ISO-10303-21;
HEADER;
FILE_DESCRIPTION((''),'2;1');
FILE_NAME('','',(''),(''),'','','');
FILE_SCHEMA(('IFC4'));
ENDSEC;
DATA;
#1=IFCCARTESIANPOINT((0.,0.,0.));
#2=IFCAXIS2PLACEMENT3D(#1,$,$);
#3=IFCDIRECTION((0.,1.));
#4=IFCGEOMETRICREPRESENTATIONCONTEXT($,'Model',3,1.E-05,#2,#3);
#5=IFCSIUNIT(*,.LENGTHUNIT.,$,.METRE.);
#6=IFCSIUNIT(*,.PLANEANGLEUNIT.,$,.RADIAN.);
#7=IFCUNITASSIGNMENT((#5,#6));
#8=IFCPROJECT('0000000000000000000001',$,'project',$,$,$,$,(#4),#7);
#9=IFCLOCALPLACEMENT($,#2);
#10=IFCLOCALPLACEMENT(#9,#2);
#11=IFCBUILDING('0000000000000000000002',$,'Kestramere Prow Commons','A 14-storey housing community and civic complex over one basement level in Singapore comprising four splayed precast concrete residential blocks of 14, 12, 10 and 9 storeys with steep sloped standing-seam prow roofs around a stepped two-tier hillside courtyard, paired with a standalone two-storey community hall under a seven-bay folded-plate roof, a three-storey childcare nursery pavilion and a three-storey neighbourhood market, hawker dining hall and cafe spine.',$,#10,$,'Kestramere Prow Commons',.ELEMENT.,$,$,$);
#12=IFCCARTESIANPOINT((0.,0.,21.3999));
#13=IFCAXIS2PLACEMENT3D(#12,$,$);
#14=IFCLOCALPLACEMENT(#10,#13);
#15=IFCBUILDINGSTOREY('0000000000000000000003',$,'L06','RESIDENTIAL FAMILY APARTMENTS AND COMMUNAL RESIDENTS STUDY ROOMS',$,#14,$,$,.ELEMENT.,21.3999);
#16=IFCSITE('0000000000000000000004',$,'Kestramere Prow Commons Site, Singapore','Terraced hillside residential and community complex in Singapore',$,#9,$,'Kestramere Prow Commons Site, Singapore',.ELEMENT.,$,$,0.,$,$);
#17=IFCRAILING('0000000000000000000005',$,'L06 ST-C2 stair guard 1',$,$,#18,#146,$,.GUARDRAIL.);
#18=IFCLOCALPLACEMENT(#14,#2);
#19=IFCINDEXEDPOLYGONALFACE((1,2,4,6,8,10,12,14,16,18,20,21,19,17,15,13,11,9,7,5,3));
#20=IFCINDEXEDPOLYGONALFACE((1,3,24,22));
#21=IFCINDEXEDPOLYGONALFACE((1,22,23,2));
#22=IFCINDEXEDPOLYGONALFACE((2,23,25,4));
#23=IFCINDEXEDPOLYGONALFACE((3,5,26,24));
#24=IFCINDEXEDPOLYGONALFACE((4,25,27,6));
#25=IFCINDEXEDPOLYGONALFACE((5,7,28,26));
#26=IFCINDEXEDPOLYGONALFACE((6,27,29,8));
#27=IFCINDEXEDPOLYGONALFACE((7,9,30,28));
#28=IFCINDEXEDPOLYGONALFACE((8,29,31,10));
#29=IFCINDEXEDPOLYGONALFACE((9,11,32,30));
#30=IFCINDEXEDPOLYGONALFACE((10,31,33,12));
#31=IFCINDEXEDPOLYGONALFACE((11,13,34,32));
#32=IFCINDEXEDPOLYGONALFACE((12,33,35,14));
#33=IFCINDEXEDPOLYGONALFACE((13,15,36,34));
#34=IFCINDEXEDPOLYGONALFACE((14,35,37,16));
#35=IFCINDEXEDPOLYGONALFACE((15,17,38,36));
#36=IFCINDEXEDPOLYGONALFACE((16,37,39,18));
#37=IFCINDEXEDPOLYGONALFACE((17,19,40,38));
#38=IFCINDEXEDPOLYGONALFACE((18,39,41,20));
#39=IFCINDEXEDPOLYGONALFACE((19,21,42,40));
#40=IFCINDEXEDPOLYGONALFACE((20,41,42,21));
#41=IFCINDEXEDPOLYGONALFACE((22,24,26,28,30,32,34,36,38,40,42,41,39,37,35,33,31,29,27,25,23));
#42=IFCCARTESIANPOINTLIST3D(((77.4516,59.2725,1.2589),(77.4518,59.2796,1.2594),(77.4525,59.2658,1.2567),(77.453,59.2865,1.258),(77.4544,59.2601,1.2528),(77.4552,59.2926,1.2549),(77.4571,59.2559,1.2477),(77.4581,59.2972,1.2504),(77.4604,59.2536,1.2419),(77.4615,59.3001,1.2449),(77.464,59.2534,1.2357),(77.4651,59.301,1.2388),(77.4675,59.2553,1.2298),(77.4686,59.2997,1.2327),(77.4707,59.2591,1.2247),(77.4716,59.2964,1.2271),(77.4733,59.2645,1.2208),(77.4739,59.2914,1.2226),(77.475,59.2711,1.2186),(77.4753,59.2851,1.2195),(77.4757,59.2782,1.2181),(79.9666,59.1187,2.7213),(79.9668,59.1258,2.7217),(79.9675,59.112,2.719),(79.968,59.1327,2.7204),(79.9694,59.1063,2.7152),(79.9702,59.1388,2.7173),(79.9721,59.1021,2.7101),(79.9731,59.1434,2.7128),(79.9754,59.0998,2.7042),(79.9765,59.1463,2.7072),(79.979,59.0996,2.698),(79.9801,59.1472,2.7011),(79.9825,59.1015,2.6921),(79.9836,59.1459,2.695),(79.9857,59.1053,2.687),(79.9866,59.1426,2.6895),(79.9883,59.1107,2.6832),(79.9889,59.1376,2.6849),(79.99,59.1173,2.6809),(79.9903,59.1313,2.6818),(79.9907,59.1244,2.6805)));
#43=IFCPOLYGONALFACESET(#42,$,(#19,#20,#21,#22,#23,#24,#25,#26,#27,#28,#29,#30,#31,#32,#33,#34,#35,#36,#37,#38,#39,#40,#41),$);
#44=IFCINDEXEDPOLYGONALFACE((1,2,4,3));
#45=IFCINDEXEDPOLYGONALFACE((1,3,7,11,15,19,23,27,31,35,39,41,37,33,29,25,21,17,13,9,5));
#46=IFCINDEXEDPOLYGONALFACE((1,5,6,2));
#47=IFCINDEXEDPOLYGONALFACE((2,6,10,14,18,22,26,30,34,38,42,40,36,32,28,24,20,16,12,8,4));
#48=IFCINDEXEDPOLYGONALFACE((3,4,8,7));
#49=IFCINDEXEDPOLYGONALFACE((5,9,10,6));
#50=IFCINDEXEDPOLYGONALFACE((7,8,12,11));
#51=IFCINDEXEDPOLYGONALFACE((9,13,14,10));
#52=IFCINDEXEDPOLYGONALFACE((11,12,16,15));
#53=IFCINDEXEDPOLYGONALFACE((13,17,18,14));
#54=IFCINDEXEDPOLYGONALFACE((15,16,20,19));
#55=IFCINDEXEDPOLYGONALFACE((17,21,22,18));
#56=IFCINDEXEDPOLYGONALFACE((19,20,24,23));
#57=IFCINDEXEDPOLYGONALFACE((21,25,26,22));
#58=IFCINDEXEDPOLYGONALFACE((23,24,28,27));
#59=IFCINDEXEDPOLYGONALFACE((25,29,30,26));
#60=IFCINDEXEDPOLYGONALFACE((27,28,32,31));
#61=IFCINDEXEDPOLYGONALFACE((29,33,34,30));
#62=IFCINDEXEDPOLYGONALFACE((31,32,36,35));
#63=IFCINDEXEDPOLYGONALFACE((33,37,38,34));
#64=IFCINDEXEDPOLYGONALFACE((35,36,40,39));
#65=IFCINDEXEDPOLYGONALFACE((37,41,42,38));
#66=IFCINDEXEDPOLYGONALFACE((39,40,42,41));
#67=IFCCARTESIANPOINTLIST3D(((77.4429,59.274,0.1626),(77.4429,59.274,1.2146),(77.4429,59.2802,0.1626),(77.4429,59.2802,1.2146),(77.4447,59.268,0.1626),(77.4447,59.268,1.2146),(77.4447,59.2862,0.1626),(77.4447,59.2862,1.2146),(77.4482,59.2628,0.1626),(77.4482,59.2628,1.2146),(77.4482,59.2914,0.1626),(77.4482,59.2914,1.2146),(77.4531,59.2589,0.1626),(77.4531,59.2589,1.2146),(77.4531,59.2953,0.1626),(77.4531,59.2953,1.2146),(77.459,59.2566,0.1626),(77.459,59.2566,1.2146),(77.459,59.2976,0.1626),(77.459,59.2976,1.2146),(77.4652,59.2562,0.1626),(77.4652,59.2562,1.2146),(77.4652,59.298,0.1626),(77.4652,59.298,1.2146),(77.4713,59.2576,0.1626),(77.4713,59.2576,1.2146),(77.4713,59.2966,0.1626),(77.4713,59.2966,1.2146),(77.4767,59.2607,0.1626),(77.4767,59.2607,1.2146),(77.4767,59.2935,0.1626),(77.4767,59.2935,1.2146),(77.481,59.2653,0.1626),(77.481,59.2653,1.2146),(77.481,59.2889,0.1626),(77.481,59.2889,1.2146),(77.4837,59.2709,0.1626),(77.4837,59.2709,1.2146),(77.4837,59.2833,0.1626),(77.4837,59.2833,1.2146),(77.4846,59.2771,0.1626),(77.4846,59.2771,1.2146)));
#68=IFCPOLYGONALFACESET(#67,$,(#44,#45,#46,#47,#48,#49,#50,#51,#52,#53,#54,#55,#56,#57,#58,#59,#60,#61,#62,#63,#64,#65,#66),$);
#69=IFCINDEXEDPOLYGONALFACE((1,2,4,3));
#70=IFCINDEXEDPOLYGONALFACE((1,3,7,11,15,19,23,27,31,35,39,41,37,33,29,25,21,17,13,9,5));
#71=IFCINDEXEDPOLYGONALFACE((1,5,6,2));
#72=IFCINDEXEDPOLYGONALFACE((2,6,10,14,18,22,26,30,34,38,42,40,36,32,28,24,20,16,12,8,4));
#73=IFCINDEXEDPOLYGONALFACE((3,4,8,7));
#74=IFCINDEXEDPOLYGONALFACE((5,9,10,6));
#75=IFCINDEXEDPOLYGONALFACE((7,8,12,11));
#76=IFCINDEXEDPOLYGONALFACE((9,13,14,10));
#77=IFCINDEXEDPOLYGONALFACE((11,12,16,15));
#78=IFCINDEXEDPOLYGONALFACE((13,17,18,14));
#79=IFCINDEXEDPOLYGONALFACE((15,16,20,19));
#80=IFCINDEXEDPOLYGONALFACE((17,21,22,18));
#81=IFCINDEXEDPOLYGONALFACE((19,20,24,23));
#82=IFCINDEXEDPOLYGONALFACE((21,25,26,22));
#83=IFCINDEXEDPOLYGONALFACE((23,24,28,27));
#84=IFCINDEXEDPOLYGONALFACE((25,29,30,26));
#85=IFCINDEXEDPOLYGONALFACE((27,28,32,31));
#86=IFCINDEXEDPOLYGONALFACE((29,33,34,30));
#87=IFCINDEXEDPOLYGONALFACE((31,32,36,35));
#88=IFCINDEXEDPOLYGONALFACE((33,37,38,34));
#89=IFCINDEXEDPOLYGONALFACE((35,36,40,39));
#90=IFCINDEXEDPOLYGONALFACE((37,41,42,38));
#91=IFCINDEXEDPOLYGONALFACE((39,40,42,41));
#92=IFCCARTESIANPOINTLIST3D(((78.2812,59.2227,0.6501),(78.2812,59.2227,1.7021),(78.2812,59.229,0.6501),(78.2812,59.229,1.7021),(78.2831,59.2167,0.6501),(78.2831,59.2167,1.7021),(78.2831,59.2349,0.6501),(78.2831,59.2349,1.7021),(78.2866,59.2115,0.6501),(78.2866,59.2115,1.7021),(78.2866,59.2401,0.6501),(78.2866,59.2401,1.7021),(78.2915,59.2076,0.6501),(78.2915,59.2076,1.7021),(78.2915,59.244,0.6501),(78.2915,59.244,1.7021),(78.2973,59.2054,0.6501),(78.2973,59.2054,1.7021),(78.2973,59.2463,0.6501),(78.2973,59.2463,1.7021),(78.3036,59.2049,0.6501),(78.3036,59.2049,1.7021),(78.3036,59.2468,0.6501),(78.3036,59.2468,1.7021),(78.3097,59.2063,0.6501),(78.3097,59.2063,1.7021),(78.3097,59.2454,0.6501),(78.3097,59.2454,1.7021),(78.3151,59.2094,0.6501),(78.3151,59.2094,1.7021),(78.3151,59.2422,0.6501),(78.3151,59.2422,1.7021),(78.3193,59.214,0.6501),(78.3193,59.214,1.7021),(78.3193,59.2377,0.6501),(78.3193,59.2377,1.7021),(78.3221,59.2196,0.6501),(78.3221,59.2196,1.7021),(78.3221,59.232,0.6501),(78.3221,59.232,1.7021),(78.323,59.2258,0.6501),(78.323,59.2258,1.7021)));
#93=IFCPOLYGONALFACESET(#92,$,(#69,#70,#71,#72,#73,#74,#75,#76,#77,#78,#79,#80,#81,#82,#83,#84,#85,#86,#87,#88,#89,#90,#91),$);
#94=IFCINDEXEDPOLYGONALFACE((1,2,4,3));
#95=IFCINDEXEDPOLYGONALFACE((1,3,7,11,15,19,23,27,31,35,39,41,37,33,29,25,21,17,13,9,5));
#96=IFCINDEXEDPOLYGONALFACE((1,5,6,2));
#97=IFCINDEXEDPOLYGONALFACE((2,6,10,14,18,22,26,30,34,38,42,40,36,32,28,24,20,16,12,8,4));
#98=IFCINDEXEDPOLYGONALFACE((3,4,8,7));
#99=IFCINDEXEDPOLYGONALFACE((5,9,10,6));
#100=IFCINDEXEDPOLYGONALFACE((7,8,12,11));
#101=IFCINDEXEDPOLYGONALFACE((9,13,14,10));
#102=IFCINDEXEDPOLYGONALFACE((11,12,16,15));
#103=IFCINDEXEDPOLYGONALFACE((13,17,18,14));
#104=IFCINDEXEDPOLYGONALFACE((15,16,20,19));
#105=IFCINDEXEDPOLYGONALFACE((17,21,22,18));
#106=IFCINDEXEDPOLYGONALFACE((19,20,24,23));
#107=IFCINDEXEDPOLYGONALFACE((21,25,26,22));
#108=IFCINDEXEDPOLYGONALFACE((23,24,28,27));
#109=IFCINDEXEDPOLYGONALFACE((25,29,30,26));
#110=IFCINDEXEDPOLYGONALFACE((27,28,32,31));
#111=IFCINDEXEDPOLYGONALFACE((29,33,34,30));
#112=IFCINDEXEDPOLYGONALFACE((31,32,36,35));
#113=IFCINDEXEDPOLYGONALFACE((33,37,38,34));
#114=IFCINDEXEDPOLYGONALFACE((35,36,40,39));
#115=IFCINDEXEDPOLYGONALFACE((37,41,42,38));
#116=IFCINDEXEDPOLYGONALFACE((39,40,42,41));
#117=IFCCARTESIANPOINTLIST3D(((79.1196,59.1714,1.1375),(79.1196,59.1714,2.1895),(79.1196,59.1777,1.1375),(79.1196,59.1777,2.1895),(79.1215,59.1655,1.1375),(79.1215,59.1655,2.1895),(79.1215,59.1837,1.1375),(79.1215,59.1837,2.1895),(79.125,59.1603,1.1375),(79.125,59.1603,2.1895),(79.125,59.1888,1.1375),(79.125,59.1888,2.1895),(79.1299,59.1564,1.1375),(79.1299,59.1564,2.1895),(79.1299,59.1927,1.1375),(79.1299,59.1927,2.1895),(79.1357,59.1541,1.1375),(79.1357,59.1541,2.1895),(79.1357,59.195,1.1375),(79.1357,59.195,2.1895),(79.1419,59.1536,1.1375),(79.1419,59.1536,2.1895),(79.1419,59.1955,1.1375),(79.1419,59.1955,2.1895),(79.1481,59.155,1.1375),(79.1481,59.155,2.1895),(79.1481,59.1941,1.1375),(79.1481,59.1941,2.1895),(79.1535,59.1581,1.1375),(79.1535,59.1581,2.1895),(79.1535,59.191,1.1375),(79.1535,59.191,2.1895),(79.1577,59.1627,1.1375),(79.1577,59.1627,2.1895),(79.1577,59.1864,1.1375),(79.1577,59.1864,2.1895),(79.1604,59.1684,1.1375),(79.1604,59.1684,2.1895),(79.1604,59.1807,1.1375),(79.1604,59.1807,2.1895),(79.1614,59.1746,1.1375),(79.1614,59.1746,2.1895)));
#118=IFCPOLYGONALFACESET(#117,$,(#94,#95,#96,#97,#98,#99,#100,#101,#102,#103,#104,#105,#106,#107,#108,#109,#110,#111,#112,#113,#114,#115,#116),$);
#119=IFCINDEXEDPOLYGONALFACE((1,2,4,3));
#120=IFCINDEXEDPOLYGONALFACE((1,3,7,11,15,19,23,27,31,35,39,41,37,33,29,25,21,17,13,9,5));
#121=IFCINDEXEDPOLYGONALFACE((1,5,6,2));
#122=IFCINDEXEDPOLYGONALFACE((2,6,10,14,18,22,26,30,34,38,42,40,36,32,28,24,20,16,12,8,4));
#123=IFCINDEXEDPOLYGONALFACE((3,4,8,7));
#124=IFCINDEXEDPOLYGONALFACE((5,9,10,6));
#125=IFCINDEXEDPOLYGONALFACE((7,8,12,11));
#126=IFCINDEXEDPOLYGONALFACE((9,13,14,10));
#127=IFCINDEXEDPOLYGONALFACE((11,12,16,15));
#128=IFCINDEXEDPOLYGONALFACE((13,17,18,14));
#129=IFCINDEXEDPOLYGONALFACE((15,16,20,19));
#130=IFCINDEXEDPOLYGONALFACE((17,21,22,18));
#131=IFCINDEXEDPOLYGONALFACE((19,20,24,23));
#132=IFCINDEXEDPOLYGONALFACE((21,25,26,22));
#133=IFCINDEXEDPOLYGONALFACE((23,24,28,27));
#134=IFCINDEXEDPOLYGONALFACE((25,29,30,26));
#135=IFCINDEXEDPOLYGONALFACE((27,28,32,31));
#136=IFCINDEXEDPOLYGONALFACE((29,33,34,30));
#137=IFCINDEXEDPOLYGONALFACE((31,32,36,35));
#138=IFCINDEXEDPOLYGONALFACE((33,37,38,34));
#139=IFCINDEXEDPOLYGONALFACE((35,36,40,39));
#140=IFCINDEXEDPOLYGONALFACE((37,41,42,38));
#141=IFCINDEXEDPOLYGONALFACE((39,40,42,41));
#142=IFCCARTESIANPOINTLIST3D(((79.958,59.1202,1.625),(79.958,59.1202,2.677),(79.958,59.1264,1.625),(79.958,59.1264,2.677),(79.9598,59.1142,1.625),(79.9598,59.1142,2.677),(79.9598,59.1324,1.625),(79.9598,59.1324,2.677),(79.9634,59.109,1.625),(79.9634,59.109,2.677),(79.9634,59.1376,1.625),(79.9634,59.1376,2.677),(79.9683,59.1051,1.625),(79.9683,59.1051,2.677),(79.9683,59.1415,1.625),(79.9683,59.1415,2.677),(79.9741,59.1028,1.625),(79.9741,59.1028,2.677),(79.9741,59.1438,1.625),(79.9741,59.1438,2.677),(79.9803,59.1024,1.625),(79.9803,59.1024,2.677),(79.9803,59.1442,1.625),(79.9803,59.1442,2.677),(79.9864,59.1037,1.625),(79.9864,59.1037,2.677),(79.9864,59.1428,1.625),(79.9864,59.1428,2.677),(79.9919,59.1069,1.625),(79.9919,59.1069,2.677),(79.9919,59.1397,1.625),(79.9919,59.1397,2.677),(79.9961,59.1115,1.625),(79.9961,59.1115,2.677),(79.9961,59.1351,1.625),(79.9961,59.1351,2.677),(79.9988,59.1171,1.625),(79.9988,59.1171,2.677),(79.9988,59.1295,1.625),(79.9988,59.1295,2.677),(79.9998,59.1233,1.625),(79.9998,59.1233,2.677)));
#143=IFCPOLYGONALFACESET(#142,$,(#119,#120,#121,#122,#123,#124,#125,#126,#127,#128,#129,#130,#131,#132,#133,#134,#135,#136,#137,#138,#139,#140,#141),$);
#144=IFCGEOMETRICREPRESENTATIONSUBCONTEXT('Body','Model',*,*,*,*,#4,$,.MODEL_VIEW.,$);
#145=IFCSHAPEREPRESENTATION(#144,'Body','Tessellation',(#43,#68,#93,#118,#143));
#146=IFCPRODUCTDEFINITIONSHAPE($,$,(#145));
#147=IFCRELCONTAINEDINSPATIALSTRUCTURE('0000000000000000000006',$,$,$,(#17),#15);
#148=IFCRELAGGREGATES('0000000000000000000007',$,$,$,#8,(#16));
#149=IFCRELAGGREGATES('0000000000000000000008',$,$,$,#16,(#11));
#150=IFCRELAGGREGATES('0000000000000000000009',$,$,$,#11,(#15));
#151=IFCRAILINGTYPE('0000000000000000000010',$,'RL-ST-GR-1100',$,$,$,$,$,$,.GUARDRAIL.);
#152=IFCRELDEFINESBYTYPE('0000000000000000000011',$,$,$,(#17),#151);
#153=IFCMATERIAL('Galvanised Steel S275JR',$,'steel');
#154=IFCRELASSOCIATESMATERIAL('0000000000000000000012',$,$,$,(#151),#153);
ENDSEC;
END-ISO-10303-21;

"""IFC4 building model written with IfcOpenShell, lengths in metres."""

from ifc_helpers import new_model, si_unit, direction, frame, origin, origin_2d, place, context, subcontext, project, spatial, circle, extrude, material, type_object, element, save


model = new_model("IFC4")

# Units and contexts
model_context = context("Model", 3, precision=1e-05, world=origin(), true_north=direction((0.0, 1.0)))
body_context = subcontext(model_context, "Body", "Model", "MODEL_VIEW")
ifc_project = project(units=[si_unit("LENGTHUNIT", "METRE"), si_unit("PLANEANGLEUNIT", "RADIAN")], contexts=[model_context])

# Site, building, storey
site_placement = place(None, origin())
site = spatial("IfcSite", under=ifc_project, at=site_placement, Name="Kestramere Prow Commons Site, Singapore", Description="Terraced hillside residential and community complex in Singapore", LongName="Kestramere Prow Commons Site, Singapore", CompositionType="ELEMENT", RefElevation=0.0)
building_placement = place(site_placement, origin())
building = spatial("IfcBuilding", under=site, at=building_placement, Name="Kestramere Prow Commons", Description="A 14-storey housing community and civic complex over one basement level in Singapore comprising four splayed precast concrete residential blocks of 14, 12, 10 and 9 storeys with steep sloped standing-seam prow roofs around a stepped two-tier hillside courtyard, paired with a standalone two-storey community hall under a seven-bay folded-plate roof, a three-storey childcare nursery pavilion and a three-storey neighbourhood market, hawker dining hall and cafe spine.", LongName="Kestramere Prow Commons", CompositionType="ELEMENT")
storey_placement = place(building_placement, frame((0.0, 0.0, 21.3999)))
storey = spatial("IfcBuildingStorey", under=building, at=storey_placement, Name="L06", Description="RESIDENTIAL FAMILY APARTMENTS AND COMMUNAL RESIDENTS STUDY ROOMS", CompositionType="ELEMENT", Elevation=21.3999)

# Railing
ifc_material_1 = material(Name="Galvanised Steel S275JR", Category="steel")
railing_type_1 = type_object("IfcRailingType", Name="RL-ST-GR-1100", PredefinedType="GUARDRAIL", material=ifc_material_1)
railing_1_placement = place(storey_placement, frame((77.4636, 59.2771, 0.1626)))
element("IfcRailing", 1, at=railing_1_placement, inside=storey, type_object=railing_type_1, Name="L06 ST-C2 stair guard 1", PredefinedType="GUARDRAIL", context=body_context, shape_type="SweptSolid", body=[
    extrude(circle(Radius=0.0239, at=origin_2d()), frame((0.0, 0.0, 1.0762), z_axis=(0.863285, -0.052793, 0.501949), x_axis=(0.061039, 0.998135, 0.0)), (0.0, 0.0, 1.0), 2.9133),
    extrude(circle(Radius=0.021, at=origin_2d()), origin(), (0.0, 0.0, 1.0), 1.052),
    extrude(circle(Radius=0.021, at=origin_2d()), frame((0.8384, -0.0513, 0.4875)), (0.0, 0.0, 1.0), 1.052),
    extrude(circle(Radius=0.021, at=origin_2d()), frame((1.6768, -0.1025, 0.9749)), (0.0, 0.0, 1.0), 1.052),
    extrude(circle(Radius=0.021, at=origin_2d()), frame((2.5151, -0.1538, 1.4624)), (0.0, 0.0, 1.0), 1.052),
])

save(model, "model.ifc")
